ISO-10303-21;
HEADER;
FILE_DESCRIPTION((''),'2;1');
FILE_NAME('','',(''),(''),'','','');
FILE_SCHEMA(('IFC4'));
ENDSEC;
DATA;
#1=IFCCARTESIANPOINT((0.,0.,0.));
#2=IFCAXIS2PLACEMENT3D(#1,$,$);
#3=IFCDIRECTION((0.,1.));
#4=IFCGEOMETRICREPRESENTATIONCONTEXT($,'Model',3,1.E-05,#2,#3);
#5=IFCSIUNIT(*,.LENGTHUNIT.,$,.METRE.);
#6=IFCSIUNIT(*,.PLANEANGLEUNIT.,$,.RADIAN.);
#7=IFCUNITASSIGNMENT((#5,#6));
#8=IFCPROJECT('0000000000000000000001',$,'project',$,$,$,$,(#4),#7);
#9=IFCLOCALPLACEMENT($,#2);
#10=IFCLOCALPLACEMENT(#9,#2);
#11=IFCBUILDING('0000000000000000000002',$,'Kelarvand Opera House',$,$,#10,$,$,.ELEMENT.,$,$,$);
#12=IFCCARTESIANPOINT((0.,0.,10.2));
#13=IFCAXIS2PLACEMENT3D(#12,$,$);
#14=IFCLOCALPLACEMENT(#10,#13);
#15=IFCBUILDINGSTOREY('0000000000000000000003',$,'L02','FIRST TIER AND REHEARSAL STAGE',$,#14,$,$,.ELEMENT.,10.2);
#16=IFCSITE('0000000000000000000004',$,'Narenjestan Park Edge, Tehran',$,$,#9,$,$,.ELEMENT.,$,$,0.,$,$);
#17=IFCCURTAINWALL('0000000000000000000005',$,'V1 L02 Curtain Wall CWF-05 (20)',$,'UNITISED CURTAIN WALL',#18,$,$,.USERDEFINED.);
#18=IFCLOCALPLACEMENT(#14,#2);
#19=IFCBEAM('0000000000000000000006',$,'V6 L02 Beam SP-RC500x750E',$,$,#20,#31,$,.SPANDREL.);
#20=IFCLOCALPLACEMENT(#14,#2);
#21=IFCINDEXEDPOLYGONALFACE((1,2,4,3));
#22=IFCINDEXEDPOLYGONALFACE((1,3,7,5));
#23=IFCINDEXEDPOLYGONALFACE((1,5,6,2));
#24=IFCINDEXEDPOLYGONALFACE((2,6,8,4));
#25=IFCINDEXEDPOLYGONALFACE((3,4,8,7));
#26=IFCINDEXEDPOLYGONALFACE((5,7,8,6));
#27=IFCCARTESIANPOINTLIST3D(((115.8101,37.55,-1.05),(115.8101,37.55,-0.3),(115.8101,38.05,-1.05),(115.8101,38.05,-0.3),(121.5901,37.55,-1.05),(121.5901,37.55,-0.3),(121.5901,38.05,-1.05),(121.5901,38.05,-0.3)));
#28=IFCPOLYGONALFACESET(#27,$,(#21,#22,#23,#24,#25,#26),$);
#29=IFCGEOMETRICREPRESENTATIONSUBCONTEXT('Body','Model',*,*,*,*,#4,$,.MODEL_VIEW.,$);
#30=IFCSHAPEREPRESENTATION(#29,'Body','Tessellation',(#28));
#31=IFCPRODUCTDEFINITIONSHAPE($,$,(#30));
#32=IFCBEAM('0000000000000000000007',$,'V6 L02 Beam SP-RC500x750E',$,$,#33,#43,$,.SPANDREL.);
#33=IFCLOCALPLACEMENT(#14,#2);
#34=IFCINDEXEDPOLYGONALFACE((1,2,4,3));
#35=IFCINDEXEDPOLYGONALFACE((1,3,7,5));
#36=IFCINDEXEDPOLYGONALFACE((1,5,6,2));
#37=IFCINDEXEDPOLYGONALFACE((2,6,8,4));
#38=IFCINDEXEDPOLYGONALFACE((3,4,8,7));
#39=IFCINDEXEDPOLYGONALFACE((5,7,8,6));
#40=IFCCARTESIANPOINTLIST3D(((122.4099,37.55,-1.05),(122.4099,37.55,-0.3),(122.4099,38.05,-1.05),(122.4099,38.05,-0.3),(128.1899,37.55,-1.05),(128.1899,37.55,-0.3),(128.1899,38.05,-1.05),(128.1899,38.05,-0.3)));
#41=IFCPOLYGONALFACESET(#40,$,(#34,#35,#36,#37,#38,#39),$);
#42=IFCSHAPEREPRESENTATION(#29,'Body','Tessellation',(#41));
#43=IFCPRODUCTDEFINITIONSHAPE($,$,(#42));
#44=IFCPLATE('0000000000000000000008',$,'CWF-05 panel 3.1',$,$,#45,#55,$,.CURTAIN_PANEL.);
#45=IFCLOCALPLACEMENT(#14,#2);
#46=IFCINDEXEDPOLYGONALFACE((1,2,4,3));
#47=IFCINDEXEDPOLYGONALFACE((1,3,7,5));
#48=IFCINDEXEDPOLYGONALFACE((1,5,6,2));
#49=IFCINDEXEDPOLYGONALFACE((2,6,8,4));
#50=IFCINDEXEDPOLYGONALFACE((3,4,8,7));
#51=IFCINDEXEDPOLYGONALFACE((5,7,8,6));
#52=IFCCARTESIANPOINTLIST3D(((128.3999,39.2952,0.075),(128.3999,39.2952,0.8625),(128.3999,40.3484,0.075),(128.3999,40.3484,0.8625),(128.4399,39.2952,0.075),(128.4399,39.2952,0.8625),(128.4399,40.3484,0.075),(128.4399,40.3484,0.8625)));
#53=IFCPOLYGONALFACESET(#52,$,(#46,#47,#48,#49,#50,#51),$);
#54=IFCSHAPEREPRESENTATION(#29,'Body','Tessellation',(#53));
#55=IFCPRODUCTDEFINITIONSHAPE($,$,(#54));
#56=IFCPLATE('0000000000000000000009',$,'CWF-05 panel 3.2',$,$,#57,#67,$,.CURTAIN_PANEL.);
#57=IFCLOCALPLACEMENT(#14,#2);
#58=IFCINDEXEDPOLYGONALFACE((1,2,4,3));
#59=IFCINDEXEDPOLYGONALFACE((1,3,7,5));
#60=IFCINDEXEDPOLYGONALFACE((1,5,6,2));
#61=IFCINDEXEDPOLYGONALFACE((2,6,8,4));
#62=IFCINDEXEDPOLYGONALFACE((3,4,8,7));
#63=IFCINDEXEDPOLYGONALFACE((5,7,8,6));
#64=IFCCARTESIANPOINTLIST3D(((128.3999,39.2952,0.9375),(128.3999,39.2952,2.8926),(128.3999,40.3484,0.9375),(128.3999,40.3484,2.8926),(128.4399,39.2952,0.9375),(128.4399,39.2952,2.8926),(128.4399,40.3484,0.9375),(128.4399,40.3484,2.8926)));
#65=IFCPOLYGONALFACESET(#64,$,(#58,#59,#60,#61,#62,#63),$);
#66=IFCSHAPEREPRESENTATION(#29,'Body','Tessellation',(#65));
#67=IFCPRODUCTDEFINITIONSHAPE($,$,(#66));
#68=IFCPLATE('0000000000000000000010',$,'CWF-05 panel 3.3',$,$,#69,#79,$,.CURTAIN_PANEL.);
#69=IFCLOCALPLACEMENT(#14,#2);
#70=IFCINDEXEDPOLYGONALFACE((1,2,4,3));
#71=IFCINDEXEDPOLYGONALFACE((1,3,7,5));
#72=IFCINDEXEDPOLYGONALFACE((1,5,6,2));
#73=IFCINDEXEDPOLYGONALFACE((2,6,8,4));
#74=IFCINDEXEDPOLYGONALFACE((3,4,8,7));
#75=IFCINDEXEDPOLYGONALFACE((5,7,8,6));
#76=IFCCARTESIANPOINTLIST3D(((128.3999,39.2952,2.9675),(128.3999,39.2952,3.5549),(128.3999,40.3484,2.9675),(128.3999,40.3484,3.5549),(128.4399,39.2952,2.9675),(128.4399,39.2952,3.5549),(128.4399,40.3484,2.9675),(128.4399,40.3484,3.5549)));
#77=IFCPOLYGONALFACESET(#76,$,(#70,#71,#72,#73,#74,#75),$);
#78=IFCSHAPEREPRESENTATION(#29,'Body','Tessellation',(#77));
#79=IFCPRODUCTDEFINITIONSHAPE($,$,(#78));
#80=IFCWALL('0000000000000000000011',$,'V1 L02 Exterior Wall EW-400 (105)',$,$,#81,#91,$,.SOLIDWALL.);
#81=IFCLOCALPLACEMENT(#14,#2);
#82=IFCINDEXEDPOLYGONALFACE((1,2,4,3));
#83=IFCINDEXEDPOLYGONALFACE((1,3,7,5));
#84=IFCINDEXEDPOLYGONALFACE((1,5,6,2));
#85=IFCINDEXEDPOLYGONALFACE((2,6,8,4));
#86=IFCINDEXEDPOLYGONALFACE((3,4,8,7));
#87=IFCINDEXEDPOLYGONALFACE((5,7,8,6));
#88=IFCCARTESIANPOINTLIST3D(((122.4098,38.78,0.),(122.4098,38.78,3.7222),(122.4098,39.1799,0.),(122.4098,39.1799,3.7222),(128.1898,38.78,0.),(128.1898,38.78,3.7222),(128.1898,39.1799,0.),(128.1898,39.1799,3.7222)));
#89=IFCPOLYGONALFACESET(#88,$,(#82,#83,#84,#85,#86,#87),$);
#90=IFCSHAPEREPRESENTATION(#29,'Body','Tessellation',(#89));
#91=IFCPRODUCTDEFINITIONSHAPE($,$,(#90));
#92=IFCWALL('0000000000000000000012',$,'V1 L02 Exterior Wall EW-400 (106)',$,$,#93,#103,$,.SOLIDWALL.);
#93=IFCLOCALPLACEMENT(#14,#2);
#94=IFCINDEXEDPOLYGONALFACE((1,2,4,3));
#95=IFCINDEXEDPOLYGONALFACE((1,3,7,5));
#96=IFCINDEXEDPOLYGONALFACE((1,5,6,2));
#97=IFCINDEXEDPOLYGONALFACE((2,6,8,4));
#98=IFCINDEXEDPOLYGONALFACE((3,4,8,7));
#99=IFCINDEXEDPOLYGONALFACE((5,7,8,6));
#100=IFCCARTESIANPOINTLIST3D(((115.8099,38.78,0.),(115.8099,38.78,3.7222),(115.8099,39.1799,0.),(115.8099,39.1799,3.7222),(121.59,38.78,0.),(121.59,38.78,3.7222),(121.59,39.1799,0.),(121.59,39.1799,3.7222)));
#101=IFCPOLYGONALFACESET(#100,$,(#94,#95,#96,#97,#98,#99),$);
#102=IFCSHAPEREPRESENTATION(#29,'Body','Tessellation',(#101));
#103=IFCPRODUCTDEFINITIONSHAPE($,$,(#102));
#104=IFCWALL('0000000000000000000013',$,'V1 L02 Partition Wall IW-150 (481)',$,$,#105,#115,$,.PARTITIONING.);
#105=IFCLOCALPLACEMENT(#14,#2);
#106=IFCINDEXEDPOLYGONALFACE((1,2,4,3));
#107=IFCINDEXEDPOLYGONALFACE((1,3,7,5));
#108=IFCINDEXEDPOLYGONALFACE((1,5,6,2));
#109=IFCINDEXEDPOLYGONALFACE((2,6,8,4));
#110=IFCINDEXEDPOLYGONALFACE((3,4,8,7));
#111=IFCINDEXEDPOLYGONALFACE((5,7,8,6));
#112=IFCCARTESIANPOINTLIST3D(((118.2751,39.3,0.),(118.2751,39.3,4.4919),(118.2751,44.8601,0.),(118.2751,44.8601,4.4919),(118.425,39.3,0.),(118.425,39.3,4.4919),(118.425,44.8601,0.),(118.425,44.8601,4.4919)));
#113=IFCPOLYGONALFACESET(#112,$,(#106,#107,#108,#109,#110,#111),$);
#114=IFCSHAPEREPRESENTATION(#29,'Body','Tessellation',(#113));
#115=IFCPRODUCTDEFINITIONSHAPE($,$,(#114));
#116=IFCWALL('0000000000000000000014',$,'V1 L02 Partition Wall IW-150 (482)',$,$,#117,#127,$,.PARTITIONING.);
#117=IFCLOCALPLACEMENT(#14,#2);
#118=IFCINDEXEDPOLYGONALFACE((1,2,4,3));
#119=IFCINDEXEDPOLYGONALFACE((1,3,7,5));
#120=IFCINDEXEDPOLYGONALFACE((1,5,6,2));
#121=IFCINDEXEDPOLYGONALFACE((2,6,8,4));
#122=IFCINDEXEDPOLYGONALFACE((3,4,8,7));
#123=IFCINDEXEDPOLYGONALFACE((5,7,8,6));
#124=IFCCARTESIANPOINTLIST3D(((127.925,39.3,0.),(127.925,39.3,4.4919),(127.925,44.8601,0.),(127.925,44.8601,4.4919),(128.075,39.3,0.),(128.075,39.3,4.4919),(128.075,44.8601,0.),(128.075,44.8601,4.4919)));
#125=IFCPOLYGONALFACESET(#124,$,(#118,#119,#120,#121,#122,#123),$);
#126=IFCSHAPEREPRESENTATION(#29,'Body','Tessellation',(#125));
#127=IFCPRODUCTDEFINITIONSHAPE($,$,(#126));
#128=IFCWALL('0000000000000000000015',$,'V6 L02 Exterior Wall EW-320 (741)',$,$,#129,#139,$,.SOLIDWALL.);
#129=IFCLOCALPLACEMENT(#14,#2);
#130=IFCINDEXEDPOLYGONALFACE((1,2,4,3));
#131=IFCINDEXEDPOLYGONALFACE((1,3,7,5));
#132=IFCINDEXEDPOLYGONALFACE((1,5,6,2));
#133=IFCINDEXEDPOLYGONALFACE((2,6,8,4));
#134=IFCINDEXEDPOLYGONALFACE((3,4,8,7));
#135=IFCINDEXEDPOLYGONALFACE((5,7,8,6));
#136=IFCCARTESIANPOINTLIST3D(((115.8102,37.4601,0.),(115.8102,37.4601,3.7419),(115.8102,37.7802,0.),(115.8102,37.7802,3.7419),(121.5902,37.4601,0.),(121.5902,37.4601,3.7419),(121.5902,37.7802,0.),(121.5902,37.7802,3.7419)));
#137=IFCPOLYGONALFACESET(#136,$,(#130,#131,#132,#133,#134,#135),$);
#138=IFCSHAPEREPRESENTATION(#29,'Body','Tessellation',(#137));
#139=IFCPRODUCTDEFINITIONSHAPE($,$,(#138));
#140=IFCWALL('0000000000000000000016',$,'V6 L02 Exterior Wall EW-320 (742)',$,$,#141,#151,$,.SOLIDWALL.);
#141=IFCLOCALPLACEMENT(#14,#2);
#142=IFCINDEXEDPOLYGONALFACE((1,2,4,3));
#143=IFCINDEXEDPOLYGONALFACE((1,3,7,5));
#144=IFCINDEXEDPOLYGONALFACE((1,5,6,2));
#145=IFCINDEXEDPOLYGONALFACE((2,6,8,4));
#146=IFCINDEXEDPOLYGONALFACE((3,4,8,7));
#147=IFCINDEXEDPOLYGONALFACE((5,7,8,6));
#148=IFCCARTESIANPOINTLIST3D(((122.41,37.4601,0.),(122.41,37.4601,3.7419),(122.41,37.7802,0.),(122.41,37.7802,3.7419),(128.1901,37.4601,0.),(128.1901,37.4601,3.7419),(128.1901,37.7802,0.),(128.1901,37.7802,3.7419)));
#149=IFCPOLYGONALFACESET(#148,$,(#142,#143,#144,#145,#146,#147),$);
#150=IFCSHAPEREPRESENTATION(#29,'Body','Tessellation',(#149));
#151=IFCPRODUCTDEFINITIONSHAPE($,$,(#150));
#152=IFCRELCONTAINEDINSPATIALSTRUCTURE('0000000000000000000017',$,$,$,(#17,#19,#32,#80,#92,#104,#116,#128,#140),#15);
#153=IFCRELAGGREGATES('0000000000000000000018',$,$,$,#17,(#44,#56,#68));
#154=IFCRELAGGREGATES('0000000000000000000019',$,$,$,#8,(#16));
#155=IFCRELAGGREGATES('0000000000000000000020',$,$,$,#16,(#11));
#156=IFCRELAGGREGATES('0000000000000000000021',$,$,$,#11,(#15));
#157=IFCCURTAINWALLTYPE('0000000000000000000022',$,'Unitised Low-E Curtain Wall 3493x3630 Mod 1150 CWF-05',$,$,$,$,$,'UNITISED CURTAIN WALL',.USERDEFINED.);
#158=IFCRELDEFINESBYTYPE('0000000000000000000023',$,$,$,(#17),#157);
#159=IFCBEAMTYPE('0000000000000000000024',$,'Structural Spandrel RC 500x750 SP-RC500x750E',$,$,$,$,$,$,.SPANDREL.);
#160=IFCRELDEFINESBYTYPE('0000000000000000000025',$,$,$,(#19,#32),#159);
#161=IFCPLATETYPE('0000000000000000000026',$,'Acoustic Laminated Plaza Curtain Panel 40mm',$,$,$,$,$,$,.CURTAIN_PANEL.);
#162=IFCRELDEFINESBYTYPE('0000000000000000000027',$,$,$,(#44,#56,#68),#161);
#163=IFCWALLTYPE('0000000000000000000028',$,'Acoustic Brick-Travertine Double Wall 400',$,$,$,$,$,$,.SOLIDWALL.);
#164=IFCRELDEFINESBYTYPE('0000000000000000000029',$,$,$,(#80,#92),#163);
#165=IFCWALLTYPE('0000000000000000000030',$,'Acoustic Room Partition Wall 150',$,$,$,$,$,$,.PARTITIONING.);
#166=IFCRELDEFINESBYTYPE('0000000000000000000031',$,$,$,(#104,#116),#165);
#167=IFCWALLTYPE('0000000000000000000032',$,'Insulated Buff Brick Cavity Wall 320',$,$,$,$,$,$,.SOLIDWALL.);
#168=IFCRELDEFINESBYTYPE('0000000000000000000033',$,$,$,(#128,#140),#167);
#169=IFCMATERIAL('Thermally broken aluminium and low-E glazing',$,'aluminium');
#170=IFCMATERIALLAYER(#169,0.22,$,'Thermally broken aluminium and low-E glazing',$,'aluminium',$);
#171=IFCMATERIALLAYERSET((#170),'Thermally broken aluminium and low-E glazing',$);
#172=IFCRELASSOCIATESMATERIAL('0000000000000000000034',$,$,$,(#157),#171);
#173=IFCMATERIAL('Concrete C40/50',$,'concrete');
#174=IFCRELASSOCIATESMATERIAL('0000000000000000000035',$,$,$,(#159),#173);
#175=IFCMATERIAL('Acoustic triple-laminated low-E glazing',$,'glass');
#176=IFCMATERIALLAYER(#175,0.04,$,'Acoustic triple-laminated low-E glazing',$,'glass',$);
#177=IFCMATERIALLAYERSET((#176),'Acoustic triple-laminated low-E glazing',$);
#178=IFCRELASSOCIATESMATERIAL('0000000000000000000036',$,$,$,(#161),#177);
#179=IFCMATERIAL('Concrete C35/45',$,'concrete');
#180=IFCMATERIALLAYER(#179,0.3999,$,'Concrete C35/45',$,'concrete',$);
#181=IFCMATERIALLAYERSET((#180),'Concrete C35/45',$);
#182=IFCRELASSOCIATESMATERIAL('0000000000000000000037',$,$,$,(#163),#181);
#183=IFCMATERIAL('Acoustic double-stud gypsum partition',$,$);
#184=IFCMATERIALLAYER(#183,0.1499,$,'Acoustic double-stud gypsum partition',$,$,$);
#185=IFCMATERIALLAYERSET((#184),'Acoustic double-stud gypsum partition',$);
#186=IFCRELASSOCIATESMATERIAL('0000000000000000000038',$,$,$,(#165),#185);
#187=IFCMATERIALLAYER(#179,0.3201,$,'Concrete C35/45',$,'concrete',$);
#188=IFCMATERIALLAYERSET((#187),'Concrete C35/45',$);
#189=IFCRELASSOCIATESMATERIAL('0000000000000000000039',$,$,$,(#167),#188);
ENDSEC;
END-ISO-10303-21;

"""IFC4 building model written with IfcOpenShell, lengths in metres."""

from ifc_helpers import new_model, si_unit, direction, frame, frame_2d, origin, origin_2d, place, context, subcontext, project, spatial, rectangle, extrude, material, layer, layer_set, material_profile, profile_set, type_object, element, aggregate, save


model = new_model("IFC4")

# Units and contexts
model_context = context("Model", 3, precision=1e-05, world=origin(), true_north=direction((0.0, 1.0)))
body_context = subcontext(model_context, "Body", "Model", "MODEL_VIEW")
ifc_project = project(units=[si_unit("LENGTHUNIT", "METRE"), si_unit("PLANEANGLEUNIT", "RADIAN")], contexts=[model_context])

# Site, building, storey
site_placement = place(None, origin())
site = spatial("IfcSite", under=ifc_project, at=site_placement, Name="Narenjestan Park Edge, Tehran", CompositionType="ELEMENT", RefElevation=0.0)
building_placement = place(site_placement, origin())
building = spatial("IfcBuilding", under=site, at=building_placement, Name="Kelarvand Opera House", CompositionType="ELEMENT")
storey_placement = place(building_placement, frame((0.0, 0.0, 10.2)))
storey = spatial("IfcBuildingStorey", under=building, at=storey_placement, Name="L02", Description="FIRST TIER AND REHEARSAL STAGE", CompositionType="ELEMENT", Elevation=10.2)

# Shared definitions
ifc_material_1 = material(Name="Concrete C40/50", Category="concrete")

# Curtain wall
ifc_material_2 = material(Name="Thermally broken aluminium and low-E glazing", Category="aluminium")
ifc_layer_1 = layer(ifc_material_2, 0.22, Name="Thermally broken aluminium and low-E glazing", Category="aluminium")
ifc_layer_set_1 = layer_set([ifc_layer_1], Name="Thermally broken aluminium and low-E glazing")
curtain_wall_type = type_object("IfcCurtainWallType", Name="Unitised Low-E Curtain Wall 3493x3630 Mod 1150 CWF-05", ElementType="UNITISED CURTAIN WALL", PredefinedType="USERDEFINED", material=ifc_layer_set_1)
curtain_wall_placement = place(storey_placement, origin())
curtain_wall = element("IfcCurtainWall", 1, at=curtain_wall_placement, inside=storey, type_object=curtain_wall_type, Name="V1 L02 Curtain Wall CWF-05 (20)", ObjectType="UNITISED CURTAIN WALL", PredefinedType="USERDEFINED")

# Beams
ifc_material_3 = material(Name="Concrete C35/45", Category="concrete")
ifc_material_profile_1 = material_profile(ifc_material_1, rectangle(XDim=0.5, YDim=0.75, at=origin_2d()), Name="RC 500x750", Category="concrete")
ifc_profile_set_1 = profile_set([ifc_material_profile_1], Name="Concrete C40/50")
beam_type_1 = type_object("IfcBeamType", Name="Structural Spandrel RC 500x750 SP-RC500x750E", PredefinedType="SPANDREL", material=ifc_profile_set_1)
for number, where, z_axis, x_axis, name in (
    (2, (115.8101, 37.8, -0.675), (1.0, 0.0, 0.0), (0.0, 1.0, 0.0), "V6 L02 Beam SP-RC500x750E"),
    (3, (122.4099, 37.8, -0.675), (1.0, 0.0, 0.0), (0.0, 1.0, 0.0), "V6 L02 Beam SP-RC500x750E"),
):
    element("IfcBeam", number, at=place(storey_placement, frame(where, z_axis=z_axis, x_axis=x_axis)), inside=storey, type_object=beam_type_1, Name=name, PredefinedType="SPANDREL", context=body_context, shape_type="SweptSolid", body=[
        extrude(rectangle(XDim=0.5, YDim=0.75, at=origin_2d()), origin(), (0.0, 0.0, 1.0), 5.78),
    ])

# Plates
ifc_material_4 = material(Name="Acoustic triple-laminated low-E glazing", Category="glass")
ifc_layer_2 = layer(ifc_material_4, 0.04, Name="Acoustic triple-laminated low-E glazing", Category="glass")
ifc_layer_set_2 = layer_set([ifc_layer_2], Name="Acoustic triple-laminated low-E glazing")
plate_type = type_object("IfcPlateType", Name="Acoustic Laminated Plaza Curtain Panel 40mm", PredefinedType="CURTAIN_PANEL", material=ifc_layer_set_2)
plate_1_placement = place(storey_placement, frame((128.4199, 39.8218, 0.075), z_axis=(0.0, 0.0, 1.0), x_axis=(0.0, -1.0, 0.0)))
plate_1 = element("IfcPlate", 4, at=plate_1_placement, type_object=plate_type, Name="CWF-05 panel 3.1", PredefinedType="CURTAIN_PANEL", context=body_context, shape_type="SweptSolid", body=[
    extrude(rectangle(XDim=1.0532, YDim=0.04, at=origin_2d()), origin(), (0.0, 0.0, 1.0), 0.7876),
])
plate_2_placement = place(storey_placement, frame((128.4199, 39.8218, 0.9375), z_axis=(0.0, 0.0, 1.0), x_axis=(0.0, -1.0, 0.0)))
plate_2 = element("IfcPlate", 5, at=plate_2_placement, type_object=plate_type, Name="CWF-05 panel 3.2", PredefinedType="CURTAIN_PANEL", context=body_context, shape_type="SweptSolid", body=[
    extrude(rectangle(XDim=1.0532, YDim=0.04, at=origin_2d()), origin(), (0.0, 0.0, 1.0), 1.9551),
])
plate_3_placement = place(storey_placement, frame((128.4199, 39.8218, 2.9675), z_axis=(0.0, 0.0, 1.0), x_axis=(0.0, -1.0, 0.0)))
plate_3 = element("IfcPlate", 6, at=plate_3_placement, type_object=plate_type, Name="CWF-05 panel 3.3", PredefinedType="CURTAIN_PANEL", context=body_context, shape_type="SweptSolid", body=[
    extrude(rectangle(XDim=1.0532, YDim=0.04, at=origin_2d()), origin(), (0.0, 0.0, 1.0), 0.5874),
])
aggregate(curtain_wall, [plate_1, plate_2, plate_3])

# Walls
ifc_layer_3 = layer(ifc_material_3, 0.3999, Name="Concrete C35/45", Category="concrete")
ifc_layer_set_3 = layer_set([ifc_layer_3], Name="Concrete C35/45")
wall_type_1 = type_object("IfcWallType", Name="Acoustic Brick-Travertine Double Wall 400", PredefinedType="SOLIDWALL", material=ifc_layer_set_3)
for number, where, z_axis, x_axis, name in (
    (7, (128.1899, 38.98, 0.0), (0.0, 0.0, 1.0), (-1.0, 0.0, 0.0), "V1 L02 Exterior Wall EW-400 (105)"),
    (8, (121.5901, 38.98, 0.0), (0.0, 0.0, 1.0), (-1.0, 0.0, 0.0), "V1 L02 Exterior Wall EW-400 (106)"),
):
    element("IfcWall", number, at=place(storey_placement, frame(where, z_axis=z_axis, x_axis=x_axis)), inside=storey, type_object=wall_type_1, Name=name, PredefinedType="SOLIDWALL", context=body_context, shape_type="SweptSolid", body=[
        extrude(rectangle(XDim=5.78, YDim=0.3999, at=frame_2d((2.8901, 0.0))), origin(), (0.0, 0.0, 1.0), 3.7222),
    ])
ifc_material_5 = material(Name="Acoustic double-stud gypsum partition")
ifc_layer_4 = layer(ifc_material_5, 0.1499, Name="Acoustic double-stud gypsum partition")
ifc_layer_set_4 = layer_set([ifc_layer_4], Name="Acoustic double-stud gypsum partition")
wall_type_2 = type_object("IfcWallType", Name="Acoustic Room Partition Wall 150", PredefinedType="PARTITIONING", material=ifc_layer_set_4)
for number, where, z_axis, x_axis, name in (
    (9, (118.3501, 39.3, 0.0), (0.0, 0.0, 1.0), (0.0, 1.0, 0.0), "V1 L02 Partition Wall IW-150 (481)"),
    (10, (128.0, 39.3, 0.0), (0.0, 0.0, 1.0), (0.0, 1.0, 0.0), "V1 L02 Partition Wall IW-150 (482)"),
):
    element("IfcWall", number, at=place(storey_placement, frame(where, z_axis=z_axis, x_axis=x_axis)), inside=storey, type_object=wall_type_2, Name=name, PredefinedType="PARTITIONING", context=body_context, shape_type="SweptSolid", body=[
        extrude(rectangle(XDim=5.5601, YDim=0.1499, at=frame_2d((2.78, 0.0))), origin(), (0.0, 0.0, 1.0), 4.4919),
    ])
ifc_layer_5 = layer(ifc_material_3, 0.3201, Name="Concrete C35/45", Category="concrete")
ifc_layer_set_5 = layer_set([ifc_layer_5], Name="Concrete C35/45")
wall_type_3 = type_object("IfcWallType", Name="Insulated Buff Brick Cavity Wall 320", PredefinedType="SOLIDWALL", material=ifc_layer_set_5)
for number, where, z_axis, x_axis, name in (
    (11, (115.8101, 37.6201, 0.0), (0.0, 0.0, 1.0), (1.0, 0.0, 0.0), "V6 L02 Exterior Wall EW-320 (741)"),
    (12, (122.4099, 37.6201, 0.0), (0.0, 0.0, 1.0), (1.0, 0.0, 0.0), "V6 L02 Exterior Wall EW-320 (742)"),
):
    element("IfcWall", number, at=place(storey_placement, frame(where, z_axis=z_axis, x_axis=x_axis)), inside=storey, type_object=wall_type_3, Name=name, PredefinedType="SOLIDWALL", context=body_context, shape_type="SweptSolid", body=[
        extrude(rectangle(XDim=5.78, YDim=0.3201, at=frame_2d((2.8901, 0.0))), origin(), (0.0, 0.0, 1.0), 3.7419),
    ])

save(model, "model.ifc")
